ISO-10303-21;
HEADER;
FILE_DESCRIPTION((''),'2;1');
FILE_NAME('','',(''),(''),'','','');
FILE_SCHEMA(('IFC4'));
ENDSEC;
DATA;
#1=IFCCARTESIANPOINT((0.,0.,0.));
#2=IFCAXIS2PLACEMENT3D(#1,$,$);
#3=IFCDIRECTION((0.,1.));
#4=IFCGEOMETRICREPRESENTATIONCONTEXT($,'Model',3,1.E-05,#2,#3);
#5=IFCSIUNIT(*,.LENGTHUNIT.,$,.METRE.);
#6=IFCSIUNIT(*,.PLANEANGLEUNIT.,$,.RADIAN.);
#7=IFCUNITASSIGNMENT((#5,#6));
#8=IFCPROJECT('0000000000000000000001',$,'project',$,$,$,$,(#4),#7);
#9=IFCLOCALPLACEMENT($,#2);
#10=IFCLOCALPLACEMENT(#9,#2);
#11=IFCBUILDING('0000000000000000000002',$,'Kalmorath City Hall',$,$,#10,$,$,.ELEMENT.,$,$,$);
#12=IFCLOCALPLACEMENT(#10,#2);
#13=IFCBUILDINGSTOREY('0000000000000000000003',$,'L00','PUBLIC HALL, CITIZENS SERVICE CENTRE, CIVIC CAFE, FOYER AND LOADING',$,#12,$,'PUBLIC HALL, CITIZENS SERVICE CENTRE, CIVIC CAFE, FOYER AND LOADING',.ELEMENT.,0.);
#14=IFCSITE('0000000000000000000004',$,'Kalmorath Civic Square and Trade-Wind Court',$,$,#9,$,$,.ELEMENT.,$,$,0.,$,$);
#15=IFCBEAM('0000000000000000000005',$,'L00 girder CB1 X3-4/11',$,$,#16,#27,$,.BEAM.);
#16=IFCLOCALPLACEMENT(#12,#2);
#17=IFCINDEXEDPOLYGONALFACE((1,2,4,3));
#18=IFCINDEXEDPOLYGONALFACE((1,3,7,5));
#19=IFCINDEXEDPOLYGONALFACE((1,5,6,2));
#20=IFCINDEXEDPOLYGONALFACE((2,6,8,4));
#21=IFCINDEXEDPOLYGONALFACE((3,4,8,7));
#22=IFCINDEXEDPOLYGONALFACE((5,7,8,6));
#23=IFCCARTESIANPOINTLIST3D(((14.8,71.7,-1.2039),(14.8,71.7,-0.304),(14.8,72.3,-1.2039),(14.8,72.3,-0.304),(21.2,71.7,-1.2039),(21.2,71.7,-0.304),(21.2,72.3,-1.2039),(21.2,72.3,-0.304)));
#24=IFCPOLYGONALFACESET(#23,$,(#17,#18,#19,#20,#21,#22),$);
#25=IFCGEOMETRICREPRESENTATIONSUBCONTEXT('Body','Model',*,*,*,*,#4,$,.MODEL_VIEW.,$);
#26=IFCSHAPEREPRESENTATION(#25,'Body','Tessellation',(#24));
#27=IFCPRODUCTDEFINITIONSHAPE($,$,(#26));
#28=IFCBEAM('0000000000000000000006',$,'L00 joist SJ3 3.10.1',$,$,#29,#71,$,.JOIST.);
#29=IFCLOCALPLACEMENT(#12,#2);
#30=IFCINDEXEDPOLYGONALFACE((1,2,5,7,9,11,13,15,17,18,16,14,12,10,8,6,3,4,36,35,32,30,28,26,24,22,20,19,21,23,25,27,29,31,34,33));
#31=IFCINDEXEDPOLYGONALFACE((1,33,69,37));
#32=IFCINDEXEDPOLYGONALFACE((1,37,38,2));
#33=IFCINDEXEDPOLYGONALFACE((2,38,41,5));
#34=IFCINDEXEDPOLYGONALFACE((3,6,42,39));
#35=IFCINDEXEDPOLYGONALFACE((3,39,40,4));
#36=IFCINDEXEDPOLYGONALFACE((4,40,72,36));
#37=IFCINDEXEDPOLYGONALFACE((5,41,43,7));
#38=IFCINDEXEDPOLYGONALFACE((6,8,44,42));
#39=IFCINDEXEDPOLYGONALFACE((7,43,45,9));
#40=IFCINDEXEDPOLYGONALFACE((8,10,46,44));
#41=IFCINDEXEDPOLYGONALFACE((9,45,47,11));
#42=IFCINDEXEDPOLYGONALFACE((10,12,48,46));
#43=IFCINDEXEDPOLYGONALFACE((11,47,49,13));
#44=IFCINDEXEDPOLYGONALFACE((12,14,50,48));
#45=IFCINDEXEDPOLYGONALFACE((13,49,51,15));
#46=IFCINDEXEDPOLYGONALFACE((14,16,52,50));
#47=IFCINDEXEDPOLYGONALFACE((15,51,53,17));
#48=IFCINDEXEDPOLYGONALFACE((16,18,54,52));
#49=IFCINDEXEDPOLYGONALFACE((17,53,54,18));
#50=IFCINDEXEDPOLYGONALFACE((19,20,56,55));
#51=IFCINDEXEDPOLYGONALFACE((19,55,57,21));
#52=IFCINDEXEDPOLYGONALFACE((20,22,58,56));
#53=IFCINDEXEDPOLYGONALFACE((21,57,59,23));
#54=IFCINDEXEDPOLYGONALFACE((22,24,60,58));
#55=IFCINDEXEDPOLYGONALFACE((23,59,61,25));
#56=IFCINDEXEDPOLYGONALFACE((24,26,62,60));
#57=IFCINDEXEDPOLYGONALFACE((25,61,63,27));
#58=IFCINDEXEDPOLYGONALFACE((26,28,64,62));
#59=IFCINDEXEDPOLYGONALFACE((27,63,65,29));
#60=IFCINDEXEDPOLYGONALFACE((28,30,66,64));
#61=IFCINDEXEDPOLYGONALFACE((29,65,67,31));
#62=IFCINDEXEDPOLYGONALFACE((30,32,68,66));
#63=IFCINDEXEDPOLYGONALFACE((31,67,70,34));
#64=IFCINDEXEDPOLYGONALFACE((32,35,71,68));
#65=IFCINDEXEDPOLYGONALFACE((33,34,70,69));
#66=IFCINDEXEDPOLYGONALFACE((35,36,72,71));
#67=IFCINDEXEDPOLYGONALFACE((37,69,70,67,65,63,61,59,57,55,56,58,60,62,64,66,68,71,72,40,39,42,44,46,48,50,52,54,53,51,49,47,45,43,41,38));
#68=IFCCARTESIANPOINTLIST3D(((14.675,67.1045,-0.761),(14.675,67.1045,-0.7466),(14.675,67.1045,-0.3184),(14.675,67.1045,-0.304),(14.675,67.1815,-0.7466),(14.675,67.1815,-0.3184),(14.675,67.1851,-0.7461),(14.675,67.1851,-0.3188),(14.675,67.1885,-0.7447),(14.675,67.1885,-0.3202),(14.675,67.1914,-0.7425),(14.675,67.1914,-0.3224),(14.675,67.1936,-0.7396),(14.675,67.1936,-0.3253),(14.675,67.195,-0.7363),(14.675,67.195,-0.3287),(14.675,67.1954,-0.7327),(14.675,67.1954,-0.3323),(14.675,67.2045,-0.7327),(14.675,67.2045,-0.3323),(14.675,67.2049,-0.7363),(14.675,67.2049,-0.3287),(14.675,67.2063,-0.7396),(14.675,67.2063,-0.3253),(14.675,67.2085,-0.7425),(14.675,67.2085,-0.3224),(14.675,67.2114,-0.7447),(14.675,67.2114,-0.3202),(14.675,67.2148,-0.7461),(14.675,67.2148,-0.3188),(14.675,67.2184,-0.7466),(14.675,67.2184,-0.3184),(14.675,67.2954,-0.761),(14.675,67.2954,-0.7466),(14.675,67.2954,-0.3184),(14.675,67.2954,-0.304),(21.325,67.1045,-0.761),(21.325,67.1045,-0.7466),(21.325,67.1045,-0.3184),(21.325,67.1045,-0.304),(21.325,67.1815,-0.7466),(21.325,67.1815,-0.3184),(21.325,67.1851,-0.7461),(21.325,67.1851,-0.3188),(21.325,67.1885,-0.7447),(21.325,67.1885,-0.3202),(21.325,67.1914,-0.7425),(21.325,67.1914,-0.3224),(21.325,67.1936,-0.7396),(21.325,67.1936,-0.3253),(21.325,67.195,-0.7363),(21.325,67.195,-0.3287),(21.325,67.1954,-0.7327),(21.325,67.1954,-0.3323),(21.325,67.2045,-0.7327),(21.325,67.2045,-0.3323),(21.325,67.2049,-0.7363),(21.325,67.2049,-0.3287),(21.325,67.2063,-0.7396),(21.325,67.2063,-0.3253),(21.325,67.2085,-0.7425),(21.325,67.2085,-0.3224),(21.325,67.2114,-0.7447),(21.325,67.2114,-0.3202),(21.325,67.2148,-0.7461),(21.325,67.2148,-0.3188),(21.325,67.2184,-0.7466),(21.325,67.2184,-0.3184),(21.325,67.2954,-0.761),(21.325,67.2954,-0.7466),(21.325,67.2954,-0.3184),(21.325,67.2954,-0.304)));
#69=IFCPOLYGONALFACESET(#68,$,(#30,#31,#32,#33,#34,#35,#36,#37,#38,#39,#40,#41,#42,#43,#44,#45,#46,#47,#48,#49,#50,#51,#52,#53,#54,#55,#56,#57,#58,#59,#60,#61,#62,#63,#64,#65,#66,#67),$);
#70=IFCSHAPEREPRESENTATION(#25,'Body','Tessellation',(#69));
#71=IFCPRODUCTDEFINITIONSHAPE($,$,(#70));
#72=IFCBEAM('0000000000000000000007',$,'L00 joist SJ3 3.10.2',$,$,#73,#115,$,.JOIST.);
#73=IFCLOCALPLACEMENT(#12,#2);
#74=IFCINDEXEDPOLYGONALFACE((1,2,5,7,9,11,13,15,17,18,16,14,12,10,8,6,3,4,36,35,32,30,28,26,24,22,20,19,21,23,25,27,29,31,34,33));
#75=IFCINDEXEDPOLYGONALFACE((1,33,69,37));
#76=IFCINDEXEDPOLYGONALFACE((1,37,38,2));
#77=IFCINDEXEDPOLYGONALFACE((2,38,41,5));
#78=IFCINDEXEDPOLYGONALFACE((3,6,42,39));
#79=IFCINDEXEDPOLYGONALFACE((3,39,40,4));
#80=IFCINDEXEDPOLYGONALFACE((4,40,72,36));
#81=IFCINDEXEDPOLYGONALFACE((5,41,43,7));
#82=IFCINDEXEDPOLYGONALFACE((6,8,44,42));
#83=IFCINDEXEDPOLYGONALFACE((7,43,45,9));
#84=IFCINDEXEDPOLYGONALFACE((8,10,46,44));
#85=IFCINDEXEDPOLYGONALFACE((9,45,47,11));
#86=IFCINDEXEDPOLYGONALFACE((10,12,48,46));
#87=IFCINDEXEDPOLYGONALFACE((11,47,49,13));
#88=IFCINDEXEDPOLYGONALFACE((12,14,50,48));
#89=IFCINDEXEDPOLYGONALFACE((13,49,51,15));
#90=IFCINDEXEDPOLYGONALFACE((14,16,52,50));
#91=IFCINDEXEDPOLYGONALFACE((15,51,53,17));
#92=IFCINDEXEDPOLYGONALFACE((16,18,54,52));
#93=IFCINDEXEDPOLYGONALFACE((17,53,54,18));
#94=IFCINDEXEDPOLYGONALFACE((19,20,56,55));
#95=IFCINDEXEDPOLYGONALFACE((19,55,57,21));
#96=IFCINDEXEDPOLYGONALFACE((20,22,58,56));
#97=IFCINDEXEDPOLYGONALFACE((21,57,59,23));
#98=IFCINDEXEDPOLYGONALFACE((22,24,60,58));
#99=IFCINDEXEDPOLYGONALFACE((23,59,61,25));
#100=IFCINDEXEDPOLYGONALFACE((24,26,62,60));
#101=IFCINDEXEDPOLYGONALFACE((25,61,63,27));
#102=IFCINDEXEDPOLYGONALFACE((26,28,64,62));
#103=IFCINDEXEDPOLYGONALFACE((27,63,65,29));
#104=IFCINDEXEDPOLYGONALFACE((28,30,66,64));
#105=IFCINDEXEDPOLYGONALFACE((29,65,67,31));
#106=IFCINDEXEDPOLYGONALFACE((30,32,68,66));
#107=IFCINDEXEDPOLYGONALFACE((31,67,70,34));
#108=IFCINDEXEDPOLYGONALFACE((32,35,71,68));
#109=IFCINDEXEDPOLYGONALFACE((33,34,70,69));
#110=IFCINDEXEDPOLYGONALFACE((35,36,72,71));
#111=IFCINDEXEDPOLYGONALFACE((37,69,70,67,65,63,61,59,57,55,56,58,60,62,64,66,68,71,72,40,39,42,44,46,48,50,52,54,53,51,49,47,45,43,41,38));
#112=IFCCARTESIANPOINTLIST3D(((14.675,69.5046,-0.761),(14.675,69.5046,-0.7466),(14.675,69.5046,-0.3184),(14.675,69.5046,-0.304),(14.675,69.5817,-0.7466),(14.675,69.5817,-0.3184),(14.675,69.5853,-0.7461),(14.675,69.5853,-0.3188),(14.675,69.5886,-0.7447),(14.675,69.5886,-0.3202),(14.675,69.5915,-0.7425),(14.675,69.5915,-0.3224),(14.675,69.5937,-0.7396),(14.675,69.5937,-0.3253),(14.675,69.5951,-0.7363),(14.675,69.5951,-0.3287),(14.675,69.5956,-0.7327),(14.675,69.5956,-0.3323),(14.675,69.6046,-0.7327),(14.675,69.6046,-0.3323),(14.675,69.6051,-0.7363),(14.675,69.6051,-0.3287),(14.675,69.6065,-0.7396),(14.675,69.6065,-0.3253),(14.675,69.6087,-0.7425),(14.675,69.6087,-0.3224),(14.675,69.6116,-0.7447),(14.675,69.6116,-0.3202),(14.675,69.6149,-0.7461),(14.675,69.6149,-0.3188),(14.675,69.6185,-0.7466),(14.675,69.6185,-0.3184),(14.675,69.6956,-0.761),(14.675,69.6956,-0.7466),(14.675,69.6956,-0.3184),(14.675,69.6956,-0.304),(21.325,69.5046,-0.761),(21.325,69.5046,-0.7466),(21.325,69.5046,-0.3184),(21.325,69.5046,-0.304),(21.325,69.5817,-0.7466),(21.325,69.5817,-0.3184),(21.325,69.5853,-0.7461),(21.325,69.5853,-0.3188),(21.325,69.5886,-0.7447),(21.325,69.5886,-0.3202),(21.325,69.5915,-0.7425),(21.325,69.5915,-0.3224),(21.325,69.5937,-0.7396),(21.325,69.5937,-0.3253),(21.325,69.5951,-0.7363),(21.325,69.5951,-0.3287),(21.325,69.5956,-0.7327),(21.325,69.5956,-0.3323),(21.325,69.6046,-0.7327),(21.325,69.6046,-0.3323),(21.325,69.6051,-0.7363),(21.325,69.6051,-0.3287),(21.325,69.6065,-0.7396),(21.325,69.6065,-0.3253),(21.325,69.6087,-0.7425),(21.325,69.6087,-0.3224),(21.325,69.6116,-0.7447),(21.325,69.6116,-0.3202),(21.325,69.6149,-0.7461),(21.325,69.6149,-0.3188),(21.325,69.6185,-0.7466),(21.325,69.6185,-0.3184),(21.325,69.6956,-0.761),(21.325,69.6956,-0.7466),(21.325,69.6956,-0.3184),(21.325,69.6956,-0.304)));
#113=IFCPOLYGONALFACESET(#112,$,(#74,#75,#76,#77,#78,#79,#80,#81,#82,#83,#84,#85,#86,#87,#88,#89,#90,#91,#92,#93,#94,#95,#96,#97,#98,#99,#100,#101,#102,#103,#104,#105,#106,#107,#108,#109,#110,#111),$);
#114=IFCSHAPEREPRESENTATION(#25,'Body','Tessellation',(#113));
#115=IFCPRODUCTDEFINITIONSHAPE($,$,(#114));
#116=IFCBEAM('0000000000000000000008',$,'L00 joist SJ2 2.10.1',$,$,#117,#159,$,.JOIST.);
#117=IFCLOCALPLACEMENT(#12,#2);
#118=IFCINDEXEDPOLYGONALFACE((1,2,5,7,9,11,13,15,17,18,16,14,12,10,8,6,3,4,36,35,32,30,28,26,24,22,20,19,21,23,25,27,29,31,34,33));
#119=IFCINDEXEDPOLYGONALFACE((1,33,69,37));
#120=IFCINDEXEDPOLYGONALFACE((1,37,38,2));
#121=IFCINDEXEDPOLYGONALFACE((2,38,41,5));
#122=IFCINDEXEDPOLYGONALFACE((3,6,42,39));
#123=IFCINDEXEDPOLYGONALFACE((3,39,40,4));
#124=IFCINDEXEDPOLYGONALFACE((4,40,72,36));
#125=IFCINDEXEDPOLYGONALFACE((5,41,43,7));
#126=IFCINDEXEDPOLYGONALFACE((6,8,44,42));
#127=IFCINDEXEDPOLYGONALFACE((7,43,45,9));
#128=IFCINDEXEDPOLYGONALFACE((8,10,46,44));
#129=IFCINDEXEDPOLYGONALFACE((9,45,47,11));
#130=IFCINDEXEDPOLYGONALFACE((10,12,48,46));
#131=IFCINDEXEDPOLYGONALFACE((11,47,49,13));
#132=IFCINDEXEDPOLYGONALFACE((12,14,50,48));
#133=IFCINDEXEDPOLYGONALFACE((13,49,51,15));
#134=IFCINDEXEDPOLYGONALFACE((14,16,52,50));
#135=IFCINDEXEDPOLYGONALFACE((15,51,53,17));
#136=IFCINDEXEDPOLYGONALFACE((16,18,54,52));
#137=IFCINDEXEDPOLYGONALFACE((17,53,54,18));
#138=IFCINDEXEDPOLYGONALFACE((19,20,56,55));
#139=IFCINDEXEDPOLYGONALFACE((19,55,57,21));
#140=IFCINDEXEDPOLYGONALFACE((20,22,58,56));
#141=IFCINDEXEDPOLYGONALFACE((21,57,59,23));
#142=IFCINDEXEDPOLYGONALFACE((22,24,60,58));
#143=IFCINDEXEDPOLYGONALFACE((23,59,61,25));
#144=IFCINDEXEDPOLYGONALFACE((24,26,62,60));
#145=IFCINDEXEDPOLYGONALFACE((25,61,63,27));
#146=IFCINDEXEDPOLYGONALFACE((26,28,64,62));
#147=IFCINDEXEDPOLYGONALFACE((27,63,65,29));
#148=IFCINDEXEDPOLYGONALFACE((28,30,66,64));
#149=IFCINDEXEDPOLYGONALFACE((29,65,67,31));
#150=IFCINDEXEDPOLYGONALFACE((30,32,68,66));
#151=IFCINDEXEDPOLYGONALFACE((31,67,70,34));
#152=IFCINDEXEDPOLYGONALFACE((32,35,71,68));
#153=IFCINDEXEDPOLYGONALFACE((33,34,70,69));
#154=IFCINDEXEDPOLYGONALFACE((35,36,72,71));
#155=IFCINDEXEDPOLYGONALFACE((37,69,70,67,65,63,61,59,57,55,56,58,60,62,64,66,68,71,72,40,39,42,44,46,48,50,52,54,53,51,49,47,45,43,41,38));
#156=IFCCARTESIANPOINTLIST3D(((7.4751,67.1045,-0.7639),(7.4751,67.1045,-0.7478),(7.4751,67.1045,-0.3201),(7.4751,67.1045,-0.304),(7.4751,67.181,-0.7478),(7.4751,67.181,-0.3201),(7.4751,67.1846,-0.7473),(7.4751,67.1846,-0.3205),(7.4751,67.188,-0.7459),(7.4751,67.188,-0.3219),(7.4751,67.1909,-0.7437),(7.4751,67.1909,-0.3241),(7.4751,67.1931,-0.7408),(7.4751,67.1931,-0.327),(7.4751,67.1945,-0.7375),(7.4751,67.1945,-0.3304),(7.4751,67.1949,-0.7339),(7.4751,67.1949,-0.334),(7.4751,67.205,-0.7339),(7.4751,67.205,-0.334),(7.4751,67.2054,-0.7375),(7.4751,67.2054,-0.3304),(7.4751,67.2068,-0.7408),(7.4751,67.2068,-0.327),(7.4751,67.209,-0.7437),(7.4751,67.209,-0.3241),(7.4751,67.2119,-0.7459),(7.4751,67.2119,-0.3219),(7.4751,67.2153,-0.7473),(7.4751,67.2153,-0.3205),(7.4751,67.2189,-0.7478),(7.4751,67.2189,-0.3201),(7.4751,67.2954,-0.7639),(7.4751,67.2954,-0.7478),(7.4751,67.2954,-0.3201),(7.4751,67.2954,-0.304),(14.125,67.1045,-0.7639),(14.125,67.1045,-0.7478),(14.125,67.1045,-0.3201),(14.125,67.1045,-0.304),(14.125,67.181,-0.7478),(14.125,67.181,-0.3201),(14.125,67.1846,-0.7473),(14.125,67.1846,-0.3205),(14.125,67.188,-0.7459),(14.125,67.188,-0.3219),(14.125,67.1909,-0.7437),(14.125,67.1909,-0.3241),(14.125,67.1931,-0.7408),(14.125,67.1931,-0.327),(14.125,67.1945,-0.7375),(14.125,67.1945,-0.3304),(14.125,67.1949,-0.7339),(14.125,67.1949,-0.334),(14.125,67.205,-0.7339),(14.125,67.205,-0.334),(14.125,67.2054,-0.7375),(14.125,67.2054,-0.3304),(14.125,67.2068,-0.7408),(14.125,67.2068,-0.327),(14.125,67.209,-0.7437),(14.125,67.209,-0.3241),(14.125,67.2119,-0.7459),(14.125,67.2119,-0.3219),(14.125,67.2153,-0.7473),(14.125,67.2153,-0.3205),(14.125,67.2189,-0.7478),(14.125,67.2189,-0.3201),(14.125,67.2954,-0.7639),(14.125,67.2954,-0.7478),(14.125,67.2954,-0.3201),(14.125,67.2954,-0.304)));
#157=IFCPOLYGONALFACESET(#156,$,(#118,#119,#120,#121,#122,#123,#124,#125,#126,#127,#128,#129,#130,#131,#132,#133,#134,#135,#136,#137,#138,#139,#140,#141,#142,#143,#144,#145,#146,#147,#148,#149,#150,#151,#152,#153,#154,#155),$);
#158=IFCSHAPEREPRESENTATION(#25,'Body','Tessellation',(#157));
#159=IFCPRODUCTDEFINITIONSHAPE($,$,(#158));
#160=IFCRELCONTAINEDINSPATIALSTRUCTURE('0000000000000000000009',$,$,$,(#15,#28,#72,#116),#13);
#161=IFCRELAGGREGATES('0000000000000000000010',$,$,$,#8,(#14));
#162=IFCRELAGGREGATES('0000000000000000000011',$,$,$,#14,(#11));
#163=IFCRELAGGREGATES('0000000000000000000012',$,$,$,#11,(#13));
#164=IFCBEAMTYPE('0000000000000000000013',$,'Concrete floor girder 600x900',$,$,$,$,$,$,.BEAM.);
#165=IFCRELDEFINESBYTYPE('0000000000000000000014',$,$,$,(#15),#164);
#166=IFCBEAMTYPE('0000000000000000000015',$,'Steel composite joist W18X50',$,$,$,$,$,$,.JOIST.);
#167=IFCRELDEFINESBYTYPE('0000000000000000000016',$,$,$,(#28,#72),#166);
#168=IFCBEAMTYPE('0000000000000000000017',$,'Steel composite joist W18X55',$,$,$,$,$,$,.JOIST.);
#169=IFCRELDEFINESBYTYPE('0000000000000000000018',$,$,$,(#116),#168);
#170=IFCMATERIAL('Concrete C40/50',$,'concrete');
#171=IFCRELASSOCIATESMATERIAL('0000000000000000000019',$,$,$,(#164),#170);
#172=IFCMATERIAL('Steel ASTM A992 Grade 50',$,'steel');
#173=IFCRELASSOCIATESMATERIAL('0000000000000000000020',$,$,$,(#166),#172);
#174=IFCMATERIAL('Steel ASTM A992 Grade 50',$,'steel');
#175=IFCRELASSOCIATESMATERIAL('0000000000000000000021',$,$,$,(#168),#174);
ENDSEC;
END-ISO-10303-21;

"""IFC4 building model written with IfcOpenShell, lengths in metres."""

from ifc_helpers import new_model, si_unit, direction, frame, origin, origin_2d, place, context, subcontext, project, spatial, rectangle, i_section, extrude, material, material_profile, profile_set, type_object, element, save


model = new_model("IFC4")

# Units and contexts
model_context = context("Model", 3, precision=1e-05, world=origin(), true_north=direction((0.0, 1.0)))
body_context = subcontext(model_context, "Body", "Model", "MODEL_VIEW")
ifc_project = project(units=[si_unit("LENGTHUNIT", "METRE"), si_unit("PLANEANGLEUNIT", "RADIAN")], contexts=[model_context])

# Site, building, storey
site_placement = place(None, origin())
site = spatial("IfcSite", under=ifc_project, at=site_placement, Name="Kalmorath Civic Square and Trade-Wind Court", CompositionType="ELEMENT", RefElevation=0.0)
building_placement = place(site_placement, origin())
building = spatial("IfcBuilding", under=site, at=building_placement, Name="Kalmorath City Hall", CompositionType="ELEMENT")
storey_placement = place(building_placement, origin())
storey = spatial("IfcBuildingStorey", under=building, at=storey_placement, Name="L00", Description="PUBLIC HALL, CITIZENS SERVICE CENTRE, CIVIC CAFE, FOYER AND LOADING", LongName="PUBLIC HALL, CITIZENS SERVICE CENTRE, CIVIC CAFE, FOYER AND LOADING", CompositionType="ELEMENT", Elevation=0.0)

# Beams
ifc_material_1 = material(Name="Concrete C40/50", Category="concrete")
ifc_material_profile_1 = material_profile(ifc_material_1, rectangle(XDim=0.6001, YDim=0.8999, at=origin_2d()), Name="RC-BM-600X900")
ifc_profile_set_1 = profile_set([ifc_material_profile_1], Name="Concrete C40/50")
beam_type_1 = type_object("IfcBeamType", Name="Concrete floor girder 600x900", PredefinedType="BEAM", material=ifc_profile_set_1)
for number, where, z_axis, x_axis, name in (
    (1, (14.8, 72.0, -0.7539), (1.0, 0.0, 0.0), (0.0, 1.0, 0.0), "L00 girder CB1 X3-4/11"),
):
    element("IfcBeam", number, at=place(storey_placement, frame(where, z_axis=z_axis, x_axis=x_axis)), inside=storey, type_object=beam_type_1, Name=name, PredefinedType="BEAM", context=body_context, shape_type="SweptSolid", body=[
        extrude(rectangle(XDim=0.6001, YDim=0.8999, at=origin_2d()), origin(), (0.0, 0.0, 1.0), 6.3999),
    ])
ifc_material_2 = material(Name="Steel ASTM A992 Grade 50", Category="steel")
ifc_material_profile_2 = material_profile(ifc_material_2, i_section(OverallWidth=0.1909, OverallDepth=0.457, WebThickness=0.009, FlangeThickness=0.0144, FilletRadius=0.0139, at=origin_2d()), Name="W18X50")
ifc_profile_set_2 = profile_set([ifc_material_profile_2], Name="Steel ASTM A992 Grade 50")
beam_type_2 = type_object("IfcBeamType", Name="Steel composite joist W18X50", PredefinedType="JOIST", material=ifc_profile_set_2)
for number, where, z_axis, x_axis, name in (
    (2, (14.675, 67.2, -0.5325), (1.0, 0.0, 0.0), (0.0, 1.0, 0.0), "L00 joist SJ3 3.10.1"),
    (3, (14.675, 69.6001, -0.5325), (1.0, 0.0, 0.0), (0.0, 1.0, 0.0), "L00 joist SJ3 3.10.2"),
):
    element("IfcBeam", number, at=place(storey_placement, frame(where, z_axis=z_axis, x_axis=x_axis)), inside=storey, type_object=beam_type_2, Name=name, PredefinedType="JOIST", context=body_context, shape_type="SweptSolid", body=[
        extrude(i_section(OverallWidth=0.1909, OverallDepth=0.457, WebThickness=0.009, FlangeThickness=0.0144, FilletRadius=0.0139, at=origin_2d()), origin(), (0.0, 0.0, 1.0), 6.6499),
    ])
ifc_material_3 = material(Name="Steel ASTM A992 Grade 50", Category="steel")
ifc_material_profile_3 = material_profile(ifc_material_3, i_section(OverallWidth=0.1909, OverallDepth=0.46, WebThickness=0.01, FlangeThickness=0.0161, FilletRadius=0.0139, at=origin_2d()), Name="W18X55")
ifc_profile_set_3 = profile_set([ifc_material_profile_3], Name="Steel ASTM A992 Grade 50")
beam_type_3 = type_object("IfcBeamType", Name="Steel composite joist W18X55", PredefinedType="JOIST", material=ifc_profile_set_3)
for number, where, z_axis, x_axis, name in (
    (4, (7.4751, 67.2, -0.5339), (1.0, 0.0, 0.0), (0.0, 1.0, 0.0), "L00 joist SJ2 2.10.1"),
):
    element("IfcBeam", number, at=place(storey_placement, frame(where, z_axis=z_axis, x_axis=x_axis)), inside=storey, type_object=beam_type_3, Name=name, PredefinedType="JOIST", context=body_context, shape_type="SweptSolid", body=[
        extrude(i_section(OverallWidth=0.1909, OverallDepth=0.46, WebThickness=0.01, FlangeThickness=0.0161, FilletRadius=0.0139, at=origin_2d()), origin(), (0.0, 0.0, 1.0), 6.6499),
    ])

save(model, "model.ifc")
